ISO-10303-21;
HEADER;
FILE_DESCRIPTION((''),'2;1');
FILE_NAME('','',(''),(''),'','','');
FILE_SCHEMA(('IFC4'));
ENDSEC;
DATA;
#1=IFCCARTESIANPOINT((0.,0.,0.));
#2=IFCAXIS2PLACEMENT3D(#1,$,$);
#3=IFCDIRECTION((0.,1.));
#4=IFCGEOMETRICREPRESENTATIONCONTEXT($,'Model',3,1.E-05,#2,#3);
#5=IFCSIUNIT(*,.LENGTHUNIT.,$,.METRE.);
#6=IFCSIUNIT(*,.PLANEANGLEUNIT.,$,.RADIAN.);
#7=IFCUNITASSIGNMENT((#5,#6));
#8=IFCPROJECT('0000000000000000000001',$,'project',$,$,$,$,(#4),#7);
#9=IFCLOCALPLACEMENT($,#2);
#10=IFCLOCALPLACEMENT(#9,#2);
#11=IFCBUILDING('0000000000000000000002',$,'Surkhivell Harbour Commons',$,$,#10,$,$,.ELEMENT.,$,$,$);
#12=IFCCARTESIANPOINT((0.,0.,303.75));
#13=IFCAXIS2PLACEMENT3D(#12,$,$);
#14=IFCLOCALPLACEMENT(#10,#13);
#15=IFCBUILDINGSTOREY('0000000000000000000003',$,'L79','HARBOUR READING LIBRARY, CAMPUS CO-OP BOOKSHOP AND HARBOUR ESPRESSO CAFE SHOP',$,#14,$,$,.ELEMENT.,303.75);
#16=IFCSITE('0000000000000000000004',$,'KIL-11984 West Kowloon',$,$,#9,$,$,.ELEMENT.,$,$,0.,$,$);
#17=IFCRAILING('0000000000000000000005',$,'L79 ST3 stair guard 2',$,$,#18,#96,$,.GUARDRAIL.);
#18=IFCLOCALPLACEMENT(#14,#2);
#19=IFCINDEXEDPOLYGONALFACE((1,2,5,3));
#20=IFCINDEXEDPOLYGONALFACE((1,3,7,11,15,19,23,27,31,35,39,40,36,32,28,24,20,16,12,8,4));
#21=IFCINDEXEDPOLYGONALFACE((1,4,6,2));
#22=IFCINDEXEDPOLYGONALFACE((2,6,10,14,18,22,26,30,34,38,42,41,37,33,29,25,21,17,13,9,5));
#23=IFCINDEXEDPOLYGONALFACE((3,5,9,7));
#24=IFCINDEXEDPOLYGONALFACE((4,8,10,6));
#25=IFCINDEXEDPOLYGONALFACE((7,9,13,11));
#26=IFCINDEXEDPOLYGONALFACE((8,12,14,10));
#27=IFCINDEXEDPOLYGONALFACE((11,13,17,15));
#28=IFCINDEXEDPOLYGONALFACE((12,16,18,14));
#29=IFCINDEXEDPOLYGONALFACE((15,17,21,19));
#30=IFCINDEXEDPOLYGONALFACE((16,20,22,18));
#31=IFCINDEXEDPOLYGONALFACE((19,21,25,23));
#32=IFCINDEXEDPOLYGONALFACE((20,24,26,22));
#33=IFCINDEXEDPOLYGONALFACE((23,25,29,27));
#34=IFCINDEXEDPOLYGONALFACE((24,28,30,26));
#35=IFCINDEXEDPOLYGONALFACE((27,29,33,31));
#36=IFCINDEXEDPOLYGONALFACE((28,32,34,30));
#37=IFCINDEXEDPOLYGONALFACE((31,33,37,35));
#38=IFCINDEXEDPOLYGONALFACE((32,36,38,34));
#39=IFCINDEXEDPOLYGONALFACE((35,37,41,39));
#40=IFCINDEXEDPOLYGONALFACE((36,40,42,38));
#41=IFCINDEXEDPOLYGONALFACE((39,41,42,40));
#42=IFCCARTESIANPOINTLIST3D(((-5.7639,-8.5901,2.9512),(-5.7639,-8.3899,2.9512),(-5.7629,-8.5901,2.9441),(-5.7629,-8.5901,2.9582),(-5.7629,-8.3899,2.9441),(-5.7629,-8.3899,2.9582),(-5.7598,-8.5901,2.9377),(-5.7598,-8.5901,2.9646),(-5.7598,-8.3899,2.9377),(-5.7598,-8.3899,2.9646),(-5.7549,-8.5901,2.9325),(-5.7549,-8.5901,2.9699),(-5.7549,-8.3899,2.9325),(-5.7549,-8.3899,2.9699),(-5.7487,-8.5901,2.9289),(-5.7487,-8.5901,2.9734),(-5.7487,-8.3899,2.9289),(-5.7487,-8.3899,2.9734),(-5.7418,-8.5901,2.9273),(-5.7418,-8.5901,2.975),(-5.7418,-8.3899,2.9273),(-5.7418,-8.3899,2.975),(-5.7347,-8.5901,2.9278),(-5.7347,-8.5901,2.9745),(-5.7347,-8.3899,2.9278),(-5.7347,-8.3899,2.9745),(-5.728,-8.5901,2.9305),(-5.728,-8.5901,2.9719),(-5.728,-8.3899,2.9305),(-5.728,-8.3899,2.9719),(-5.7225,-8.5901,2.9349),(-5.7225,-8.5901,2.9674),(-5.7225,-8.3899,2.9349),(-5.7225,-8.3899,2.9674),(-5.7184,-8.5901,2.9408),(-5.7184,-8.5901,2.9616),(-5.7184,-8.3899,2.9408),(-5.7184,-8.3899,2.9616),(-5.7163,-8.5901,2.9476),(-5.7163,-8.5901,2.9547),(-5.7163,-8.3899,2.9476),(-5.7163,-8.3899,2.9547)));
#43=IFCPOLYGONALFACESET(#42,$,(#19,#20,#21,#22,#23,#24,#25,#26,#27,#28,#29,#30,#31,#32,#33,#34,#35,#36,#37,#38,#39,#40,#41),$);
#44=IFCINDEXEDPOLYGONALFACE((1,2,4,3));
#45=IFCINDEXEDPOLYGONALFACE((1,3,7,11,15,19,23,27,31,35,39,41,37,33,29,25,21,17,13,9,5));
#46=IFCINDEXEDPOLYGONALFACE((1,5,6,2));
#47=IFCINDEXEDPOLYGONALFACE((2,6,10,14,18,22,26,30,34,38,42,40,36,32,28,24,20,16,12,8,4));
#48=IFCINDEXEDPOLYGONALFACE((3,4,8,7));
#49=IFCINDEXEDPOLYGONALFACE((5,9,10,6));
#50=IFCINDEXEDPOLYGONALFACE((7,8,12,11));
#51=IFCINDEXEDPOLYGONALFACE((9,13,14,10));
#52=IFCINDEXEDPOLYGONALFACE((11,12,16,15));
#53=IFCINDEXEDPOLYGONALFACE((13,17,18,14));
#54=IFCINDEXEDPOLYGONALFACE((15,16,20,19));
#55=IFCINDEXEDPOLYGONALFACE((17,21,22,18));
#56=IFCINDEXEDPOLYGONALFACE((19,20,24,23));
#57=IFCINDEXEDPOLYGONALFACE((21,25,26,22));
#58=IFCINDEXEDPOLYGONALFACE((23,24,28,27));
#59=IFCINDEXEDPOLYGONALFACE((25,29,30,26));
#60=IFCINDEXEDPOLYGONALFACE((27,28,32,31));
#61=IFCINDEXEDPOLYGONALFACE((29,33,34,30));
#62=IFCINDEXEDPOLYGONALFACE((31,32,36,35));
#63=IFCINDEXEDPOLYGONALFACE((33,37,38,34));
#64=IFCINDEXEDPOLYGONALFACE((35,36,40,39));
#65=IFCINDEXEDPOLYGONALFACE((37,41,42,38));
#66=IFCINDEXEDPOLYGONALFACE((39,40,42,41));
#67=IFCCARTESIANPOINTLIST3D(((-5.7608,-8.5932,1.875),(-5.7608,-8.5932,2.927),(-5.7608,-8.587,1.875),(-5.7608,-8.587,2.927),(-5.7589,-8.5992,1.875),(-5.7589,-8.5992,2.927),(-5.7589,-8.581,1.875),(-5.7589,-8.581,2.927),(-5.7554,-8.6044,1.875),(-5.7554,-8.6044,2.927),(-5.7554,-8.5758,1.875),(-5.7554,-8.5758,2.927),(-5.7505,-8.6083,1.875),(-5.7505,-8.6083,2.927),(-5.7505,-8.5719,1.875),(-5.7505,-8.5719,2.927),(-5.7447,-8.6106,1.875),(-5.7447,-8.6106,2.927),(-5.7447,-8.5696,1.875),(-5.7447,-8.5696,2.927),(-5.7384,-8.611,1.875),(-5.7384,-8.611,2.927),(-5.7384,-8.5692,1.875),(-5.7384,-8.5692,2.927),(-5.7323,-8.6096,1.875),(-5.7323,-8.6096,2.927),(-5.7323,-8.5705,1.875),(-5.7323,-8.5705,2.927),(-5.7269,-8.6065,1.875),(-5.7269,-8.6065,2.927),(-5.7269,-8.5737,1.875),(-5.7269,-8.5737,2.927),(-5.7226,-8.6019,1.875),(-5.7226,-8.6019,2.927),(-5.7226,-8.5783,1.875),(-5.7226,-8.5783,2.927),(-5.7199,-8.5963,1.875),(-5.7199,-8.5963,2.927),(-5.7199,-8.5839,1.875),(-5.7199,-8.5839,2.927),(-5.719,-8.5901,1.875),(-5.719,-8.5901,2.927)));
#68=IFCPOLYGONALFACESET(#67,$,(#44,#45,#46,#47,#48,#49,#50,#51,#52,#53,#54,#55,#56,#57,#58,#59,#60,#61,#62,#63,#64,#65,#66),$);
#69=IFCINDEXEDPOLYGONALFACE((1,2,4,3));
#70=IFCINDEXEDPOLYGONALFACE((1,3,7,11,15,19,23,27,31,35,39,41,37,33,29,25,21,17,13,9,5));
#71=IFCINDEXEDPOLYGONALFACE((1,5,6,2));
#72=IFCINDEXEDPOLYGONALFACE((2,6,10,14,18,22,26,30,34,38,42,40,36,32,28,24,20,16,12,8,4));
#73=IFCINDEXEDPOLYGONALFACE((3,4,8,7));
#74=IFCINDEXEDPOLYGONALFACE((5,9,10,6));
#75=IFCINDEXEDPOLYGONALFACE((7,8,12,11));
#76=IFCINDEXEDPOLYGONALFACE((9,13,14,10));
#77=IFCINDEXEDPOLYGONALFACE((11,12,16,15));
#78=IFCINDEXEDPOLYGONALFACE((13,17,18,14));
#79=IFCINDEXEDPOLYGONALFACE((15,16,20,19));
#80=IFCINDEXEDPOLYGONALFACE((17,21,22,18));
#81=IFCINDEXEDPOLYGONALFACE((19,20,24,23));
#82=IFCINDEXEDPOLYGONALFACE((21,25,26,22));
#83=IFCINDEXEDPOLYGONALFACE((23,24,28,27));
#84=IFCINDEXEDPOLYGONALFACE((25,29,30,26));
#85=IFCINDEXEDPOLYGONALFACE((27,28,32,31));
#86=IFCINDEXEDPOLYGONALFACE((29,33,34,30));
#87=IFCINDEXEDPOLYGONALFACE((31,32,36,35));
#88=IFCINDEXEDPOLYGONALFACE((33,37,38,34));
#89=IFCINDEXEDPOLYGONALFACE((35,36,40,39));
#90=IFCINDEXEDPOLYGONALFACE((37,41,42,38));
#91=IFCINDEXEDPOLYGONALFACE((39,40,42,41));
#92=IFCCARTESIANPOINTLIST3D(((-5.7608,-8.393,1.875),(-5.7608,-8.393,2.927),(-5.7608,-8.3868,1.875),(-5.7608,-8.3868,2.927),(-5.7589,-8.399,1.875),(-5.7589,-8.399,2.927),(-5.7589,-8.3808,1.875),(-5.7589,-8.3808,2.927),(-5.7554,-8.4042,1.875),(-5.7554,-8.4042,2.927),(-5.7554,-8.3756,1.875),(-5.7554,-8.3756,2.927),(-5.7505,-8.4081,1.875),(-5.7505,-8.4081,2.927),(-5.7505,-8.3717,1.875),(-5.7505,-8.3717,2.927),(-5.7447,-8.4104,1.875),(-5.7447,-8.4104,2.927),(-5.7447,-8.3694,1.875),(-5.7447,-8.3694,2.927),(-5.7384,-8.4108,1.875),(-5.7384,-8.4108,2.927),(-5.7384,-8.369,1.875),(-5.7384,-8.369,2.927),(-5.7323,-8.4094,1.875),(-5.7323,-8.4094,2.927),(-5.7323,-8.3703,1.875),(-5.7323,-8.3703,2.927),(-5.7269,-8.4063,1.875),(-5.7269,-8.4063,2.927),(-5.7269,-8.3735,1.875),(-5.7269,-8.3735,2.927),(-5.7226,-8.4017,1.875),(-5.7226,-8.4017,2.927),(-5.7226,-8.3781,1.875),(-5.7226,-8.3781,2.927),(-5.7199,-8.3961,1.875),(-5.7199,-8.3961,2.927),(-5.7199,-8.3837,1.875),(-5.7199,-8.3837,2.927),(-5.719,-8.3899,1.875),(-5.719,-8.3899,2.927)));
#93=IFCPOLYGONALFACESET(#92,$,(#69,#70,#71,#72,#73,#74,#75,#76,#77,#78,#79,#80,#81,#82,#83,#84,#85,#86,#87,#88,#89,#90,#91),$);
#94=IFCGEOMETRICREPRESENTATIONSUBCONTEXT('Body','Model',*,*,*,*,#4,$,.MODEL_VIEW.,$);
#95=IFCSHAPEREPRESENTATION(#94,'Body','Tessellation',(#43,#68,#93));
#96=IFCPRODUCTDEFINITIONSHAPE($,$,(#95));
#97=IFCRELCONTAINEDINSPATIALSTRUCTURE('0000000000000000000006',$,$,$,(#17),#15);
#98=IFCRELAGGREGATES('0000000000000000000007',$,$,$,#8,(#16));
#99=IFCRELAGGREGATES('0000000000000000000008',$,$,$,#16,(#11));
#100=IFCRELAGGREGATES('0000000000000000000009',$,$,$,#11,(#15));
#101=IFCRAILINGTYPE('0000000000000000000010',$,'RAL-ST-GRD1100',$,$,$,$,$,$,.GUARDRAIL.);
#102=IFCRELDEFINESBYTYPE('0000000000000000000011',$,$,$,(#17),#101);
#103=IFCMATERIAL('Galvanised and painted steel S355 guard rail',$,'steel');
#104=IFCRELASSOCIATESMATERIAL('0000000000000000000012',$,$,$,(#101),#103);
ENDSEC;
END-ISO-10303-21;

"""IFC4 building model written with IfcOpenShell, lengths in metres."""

from ifc_helpers import new_model, si_unit, direction, frame, origin, origin_2d, place, context, subcontext, project, spatial, circle, extrude, material, type_object, element, save


model = new_model("IFC4")

# Units and contexts
model_context = context("Model", 3, precision=1e-05, world=origin(), true_north=direction((0.0, 1.0)))
body_context = subcontext(model_context, "Body", "Model", "MODEL_VIEW")
ifc_project = project(units=[si_unit("LENGTHUNIT", "METRE"), si_unit("PLANEANGLEUNIT", "RADIAN")], contexts=[model_context])

# Site, building, storey
site_placement = place(None, origin())
site = spatial("IfcSite", under=ifc_project, at=site_placement, Name="KIL-11984 West Kowloon", CompositionType="ELEMENT", RefElevation=0.0)
building_placement = place(site_placement, origin())
building = spatial("IfcBuilding", under=site, at=building_placement, Name="Surkhivell Harbour Commons", CompositionType="ELEMENT")
storey_placement = place(building_placement, frame((0.0, 0.0, 303.75)))
storey = spatial("IfcBuildingStorey", under=building, at=storey_placement, Name="L79", Description="HARBOUR READING LIBRARY, CAMPUS CO-OP BOOKSHOP AND HARBOUR ESPRESSO CAFE SHOP", CompositionType="ELEMENT", Elevation=303.75)

# Railing
ifc_material_1 = material(Name="Galvanised and painted steel S355 guard rail", Category="steel")
railing_type_1 = type_object("IfcRailingType", Name="RAL-ST-GRD1100", PredefinedType="GUARDRAIL", material=ifc_material_1)
railing_1_placement = place(storey_placement, frame((-5.74, -8.5901, 1.875)))
element("IfcRailing", 1, at=railing_1_placement, inside=storey, type_object=railing_type_1, Name="L79 ST3 stair guard 2", PredefinedType="GUARDRAIL", context=body_context, shape_type="SweptSolid", body=[
    extrude(circle(Radius=0.0239, at=origin_2d()), frame((0.0, 0.0, 1.0762), z_axis=(0.0, 1.0, 0.0), x_axis=(-1.0, 0.0, 0.0)), (0.0, 0.0, 1.0), 0.2002),
    extrude(circle(Radius=0.021, at=origin_2d()), origin(), (0.0, 0.0, 1.0), 1.052),
    extrude(circle(Radius=0.021, at=origin_2d()), frame((0.0, 0.2002, 0.0)), (0.0, 0.0, 1.0), 1.052),
])

save(model, "model.ifc")
